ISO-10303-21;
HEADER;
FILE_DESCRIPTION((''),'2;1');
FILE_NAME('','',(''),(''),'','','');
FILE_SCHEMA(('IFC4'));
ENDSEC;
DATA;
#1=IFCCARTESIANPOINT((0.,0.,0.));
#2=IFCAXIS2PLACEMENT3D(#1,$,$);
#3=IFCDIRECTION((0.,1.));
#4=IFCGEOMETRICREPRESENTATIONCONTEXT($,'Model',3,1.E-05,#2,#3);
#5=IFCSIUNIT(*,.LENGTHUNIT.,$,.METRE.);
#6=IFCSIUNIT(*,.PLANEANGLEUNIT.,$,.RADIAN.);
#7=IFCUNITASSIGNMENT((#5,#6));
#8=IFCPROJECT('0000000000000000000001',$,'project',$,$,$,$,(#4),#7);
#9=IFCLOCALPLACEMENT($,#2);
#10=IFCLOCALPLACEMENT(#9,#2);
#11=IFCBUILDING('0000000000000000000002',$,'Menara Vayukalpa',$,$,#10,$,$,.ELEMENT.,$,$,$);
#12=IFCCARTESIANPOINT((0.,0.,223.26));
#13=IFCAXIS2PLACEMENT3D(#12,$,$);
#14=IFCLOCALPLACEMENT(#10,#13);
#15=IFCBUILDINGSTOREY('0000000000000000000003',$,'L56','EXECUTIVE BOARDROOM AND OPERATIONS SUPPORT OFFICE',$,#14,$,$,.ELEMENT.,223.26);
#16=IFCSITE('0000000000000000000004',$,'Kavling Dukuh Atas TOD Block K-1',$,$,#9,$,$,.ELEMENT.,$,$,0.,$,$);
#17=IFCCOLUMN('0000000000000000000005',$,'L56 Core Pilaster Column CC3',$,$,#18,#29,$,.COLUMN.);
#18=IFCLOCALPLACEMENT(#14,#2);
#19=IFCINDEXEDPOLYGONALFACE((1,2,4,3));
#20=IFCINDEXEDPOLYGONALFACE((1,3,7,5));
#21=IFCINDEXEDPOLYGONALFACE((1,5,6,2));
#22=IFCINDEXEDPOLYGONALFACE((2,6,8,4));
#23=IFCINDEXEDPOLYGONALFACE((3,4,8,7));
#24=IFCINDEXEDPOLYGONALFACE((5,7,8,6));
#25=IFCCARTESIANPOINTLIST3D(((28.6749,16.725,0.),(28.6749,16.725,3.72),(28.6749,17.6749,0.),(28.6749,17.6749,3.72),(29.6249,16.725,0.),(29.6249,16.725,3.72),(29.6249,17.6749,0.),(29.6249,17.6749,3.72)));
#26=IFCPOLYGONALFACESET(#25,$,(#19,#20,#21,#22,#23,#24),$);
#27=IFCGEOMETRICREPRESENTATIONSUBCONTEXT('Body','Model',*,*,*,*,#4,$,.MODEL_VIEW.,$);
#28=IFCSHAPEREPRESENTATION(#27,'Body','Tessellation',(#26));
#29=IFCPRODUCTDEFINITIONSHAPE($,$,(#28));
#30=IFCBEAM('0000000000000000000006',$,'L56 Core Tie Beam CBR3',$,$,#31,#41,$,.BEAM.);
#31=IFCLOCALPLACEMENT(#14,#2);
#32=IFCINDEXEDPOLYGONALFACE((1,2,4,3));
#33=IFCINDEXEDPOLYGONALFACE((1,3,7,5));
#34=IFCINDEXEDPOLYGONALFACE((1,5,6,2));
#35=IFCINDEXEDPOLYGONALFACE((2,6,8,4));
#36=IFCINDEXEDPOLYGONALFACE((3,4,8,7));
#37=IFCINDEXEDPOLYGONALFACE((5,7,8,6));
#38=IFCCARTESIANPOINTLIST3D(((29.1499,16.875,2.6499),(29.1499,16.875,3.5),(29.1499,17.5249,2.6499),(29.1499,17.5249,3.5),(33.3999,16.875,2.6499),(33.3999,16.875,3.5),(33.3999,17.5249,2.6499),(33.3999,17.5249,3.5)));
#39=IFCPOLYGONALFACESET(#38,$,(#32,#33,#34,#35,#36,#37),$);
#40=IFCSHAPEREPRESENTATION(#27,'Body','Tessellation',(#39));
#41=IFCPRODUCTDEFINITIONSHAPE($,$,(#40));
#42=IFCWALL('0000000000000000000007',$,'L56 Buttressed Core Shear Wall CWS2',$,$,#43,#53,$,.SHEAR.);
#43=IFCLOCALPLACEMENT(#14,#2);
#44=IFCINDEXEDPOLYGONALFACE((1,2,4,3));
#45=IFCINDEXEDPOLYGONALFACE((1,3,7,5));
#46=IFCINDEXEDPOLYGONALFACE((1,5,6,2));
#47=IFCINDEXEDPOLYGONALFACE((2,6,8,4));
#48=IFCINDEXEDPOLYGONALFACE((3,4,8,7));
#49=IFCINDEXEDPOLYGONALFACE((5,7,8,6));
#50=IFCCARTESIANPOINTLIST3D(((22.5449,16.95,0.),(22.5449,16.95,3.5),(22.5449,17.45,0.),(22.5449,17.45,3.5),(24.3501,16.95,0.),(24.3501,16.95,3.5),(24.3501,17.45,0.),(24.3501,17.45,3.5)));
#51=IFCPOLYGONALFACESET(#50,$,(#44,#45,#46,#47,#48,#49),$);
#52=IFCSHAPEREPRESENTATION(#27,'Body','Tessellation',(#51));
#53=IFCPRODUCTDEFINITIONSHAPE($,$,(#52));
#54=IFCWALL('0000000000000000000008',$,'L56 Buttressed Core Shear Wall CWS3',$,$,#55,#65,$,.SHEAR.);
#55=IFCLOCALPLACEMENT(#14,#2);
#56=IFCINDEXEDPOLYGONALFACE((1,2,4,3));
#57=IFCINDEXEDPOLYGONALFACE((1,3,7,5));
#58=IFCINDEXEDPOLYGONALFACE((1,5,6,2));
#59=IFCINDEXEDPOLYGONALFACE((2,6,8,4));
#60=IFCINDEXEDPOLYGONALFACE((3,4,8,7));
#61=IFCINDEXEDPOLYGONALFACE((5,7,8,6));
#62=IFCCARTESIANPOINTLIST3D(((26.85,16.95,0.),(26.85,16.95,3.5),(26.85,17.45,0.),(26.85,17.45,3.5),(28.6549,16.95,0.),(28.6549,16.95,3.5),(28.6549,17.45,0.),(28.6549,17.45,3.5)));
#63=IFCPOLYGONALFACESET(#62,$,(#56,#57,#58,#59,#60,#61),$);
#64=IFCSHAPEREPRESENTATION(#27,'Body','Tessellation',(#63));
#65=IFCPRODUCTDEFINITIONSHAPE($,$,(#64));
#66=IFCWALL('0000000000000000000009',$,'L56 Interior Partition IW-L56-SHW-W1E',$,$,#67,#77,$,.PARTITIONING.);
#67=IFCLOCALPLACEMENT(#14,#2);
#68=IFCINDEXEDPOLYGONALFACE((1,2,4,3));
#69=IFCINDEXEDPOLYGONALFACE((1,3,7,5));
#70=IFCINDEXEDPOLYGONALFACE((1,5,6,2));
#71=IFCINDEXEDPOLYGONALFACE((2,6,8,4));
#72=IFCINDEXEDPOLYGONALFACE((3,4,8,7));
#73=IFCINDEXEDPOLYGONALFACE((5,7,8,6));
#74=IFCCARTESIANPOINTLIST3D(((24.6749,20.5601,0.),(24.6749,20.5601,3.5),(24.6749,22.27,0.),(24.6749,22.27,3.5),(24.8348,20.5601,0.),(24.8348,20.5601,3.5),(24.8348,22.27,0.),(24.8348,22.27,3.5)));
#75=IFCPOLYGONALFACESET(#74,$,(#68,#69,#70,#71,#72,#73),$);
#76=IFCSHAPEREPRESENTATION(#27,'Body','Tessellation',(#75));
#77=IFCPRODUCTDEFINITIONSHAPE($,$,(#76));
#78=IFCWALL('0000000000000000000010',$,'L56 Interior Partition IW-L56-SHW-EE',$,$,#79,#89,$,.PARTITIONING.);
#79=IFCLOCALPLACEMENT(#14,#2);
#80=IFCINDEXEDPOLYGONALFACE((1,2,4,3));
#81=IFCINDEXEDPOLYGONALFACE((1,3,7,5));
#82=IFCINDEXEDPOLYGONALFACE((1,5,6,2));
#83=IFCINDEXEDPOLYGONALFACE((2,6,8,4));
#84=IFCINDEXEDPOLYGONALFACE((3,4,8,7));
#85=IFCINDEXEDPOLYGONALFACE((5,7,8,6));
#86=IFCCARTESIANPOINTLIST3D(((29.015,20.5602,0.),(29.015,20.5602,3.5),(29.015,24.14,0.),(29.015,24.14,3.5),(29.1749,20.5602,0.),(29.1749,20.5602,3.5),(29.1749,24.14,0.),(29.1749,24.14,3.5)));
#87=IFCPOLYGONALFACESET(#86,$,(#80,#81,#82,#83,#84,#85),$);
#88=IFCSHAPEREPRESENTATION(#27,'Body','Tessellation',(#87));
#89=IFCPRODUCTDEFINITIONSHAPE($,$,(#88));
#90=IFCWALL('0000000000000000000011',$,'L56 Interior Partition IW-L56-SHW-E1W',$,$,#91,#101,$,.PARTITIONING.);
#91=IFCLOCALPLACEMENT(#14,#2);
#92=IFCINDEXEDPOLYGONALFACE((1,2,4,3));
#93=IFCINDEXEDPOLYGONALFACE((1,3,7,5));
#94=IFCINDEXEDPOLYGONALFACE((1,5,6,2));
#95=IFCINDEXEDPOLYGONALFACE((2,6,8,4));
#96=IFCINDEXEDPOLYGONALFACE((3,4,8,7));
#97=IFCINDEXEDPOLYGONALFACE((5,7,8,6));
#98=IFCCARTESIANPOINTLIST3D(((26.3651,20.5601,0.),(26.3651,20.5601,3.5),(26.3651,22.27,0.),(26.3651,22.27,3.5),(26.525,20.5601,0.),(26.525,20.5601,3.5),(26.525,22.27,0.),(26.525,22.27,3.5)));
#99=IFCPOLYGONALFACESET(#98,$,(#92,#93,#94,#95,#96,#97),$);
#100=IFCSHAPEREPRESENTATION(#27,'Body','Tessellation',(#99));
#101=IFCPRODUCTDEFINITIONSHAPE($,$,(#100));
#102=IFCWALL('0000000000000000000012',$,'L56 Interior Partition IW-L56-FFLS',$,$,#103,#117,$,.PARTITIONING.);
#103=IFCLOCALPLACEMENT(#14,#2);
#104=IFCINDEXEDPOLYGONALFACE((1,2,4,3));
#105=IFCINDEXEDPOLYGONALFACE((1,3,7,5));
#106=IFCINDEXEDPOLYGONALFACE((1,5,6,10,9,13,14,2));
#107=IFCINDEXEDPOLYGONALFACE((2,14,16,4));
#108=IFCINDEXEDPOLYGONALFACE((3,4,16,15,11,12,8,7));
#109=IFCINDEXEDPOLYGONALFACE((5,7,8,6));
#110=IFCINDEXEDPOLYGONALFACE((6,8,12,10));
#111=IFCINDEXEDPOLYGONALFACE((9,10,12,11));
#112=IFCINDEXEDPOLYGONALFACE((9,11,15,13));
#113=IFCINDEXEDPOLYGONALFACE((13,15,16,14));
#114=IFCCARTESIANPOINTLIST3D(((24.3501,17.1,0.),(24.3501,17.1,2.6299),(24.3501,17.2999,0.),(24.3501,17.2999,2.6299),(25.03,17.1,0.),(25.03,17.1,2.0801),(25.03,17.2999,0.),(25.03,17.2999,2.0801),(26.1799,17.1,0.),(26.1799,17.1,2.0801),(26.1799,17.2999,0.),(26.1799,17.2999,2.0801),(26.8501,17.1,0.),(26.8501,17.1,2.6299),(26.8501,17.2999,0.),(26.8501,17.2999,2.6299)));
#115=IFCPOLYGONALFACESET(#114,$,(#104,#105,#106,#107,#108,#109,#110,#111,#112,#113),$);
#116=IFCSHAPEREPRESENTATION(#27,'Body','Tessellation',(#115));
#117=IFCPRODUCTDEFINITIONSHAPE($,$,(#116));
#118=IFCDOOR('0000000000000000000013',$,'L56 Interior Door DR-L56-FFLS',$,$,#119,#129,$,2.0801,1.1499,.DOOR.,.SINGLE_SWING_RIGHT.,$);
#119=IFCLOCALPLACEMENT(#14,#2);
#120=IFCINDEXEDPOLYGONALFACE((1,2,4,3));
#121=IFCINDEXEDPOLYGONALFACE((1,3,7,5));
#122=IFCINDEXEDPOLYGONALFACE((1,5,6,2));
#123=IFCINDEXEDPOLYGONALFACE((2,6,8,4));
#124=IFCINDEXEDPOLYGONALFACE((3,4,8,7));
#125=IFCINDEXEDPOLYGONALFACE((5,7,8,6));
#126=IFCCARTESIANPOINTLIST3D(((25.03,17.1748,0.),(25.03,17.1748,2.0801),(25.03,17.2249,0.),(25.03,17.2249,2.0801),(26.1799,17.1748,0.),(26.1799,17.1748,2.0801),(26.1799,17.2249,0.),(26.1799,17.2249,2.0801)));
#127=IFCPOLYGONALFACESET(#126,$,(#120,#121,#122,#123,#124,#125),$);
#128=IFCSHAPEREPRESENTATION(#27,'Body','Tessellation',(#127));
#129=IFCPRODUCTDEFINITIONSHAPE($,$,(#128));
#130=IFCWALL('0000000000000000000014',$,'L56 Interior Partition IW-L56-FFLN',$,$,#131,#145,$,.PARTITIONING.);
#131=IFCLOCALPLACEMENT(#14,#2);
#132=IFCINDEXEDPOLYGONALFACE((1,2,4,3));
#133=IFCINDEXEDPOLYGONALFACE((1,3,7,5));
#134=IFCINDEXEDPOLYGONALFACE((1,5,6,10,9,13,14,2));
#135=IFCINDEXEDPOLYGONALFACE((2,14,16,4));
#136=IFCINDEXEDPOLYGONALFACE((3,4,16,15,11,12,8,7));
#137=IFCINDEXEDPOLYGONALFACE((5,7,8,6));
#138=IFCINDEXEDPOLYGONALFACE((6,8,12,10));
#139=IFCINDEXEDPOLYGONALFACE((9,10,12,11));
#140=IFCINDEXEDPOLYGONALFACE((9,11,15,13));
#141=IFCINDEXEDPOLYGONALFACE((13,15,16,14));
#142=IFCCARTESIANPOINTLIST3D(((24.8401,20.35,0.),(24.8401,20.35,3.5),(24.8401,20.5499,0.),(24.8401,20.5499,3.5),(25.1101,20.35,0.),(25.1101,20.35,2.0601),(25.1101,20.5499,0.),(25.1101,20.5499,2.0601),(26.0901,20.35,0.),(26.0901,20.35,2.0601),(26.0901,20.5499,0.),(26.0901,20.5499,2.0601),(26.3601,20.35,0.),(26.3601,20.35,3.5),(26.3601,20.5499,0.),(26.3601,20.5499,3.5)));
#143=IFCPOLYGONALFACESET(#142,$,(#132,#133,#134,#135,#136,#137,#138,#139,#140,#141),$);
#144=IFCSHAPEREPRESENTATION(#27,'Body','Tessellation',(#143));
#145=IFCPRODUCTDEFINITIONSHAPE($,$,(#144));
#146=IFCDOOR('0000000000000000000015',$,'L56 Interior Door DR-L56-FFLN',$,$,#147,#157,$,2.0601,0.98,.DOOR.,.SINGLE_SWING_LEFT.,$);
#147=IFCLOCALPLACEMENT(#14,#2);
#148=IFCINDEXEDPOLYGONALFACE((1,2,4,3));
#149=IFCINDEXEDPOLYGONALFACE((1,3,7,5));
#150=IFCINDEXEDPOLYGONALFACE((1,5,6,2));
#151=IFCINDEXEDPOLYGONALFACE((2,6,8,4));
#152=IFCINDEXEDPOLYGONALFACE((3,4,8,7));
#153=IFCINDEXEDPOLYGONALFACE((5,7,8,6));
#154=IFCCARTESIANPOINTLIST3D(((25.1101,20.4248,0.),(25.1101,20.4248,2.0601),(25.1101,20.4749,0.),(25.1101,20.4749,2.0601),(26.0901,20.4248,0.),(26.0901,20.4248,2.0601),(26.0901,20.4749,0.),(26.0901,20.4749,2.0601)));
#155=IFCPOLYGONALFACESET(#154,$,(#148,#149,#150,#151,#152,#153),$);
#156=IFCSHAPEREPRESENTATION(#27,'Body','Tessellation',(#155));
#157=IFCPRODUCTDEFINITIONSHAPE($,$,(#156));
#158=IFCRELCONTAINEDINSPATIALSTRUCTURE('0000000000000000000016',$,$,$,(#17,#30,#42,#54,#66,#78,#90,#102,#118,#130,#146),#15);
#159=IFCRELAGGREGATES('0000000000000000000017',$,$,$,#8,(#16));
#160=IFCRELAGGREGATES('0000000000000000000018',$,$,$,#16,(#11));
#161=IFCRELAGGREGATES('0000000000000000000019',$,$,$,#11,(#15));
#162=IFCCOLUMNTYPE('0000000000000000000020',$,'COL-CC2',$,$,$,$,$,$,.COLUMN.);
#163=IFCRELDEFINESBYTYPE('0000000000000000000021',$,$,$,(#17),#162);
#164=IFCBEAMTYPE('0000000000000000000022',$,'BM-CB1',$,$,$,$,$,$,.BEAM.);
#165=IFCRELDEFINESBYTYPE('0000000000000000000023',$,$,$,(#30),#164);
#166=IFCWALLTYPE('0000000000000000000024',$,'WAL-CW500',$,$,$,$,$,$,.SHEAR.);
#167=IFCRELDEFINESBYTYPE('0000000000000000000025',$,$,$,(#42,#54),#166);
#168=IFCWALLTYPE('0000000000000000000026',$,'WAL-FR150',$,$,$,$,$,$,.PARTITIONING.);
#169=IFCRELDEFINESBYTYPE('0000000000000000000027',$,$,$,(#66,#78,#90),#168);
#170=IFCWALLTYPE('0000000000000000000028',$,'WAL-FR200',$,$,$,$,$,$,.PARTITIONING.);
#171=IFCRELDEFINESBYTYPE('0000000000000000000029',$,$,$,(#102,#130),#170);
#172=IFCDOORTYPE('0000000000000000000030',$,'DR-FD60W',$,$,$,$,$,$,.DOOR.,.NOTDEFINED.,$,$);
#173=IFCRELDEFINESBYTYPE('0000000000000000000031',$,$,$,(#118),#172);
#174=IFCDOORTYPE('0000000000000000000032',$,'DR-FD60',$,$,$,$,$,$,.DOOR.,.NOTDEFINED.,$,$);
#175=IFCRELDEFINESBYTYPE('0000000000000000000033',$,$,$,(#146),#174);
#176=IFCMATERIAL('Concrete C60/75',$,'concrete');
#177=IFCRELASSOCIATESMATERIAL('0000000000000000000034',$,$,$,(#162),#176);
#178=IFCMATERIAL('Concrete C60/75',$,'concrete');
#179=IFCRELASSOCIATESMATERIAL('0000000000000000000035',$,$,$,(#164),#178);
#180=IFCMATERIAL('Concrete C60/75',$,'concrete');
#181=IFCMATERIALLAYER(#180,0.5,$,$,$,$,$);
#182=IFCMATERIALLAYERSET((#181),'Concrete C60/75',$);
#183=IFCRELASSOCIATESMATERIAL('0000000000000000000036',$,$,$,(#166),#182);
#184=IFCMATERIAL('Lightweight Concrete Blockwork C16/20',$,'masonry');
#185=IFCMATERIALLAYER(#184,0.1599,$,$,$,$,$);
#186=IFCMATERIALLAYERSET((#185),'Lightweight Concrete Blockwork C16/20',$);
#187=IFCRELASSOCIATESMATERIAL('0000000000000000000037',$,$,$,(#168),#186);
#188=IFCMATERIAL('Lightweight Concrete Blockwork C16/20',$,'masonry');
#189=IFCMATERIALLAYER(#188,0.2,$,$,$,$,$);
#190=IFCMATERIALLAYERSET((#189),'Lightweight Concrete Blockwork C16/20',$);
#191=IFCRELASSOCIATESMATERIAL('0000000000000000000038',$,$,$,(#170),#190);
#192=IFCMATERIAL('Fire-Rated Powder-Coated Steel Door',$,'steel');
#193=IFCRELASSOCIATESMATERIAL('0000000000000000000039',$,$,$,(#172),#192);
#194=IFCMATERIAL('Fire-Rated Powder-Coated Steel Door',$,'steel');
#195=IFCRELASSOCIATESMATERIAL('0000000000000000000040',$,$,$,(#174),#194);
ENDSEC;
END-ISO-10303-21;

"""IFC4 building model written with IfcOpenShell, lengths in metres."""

from ifc_helpers import new_model, si_unit, direction, frame, frame_2d, origin, origin_2d, place, context, subcontext, project, spatial, rectangle, extrude, material, layer, layer_set, material_profile, profile_set, type_object, element, fill, save


model = new_model("IFC4")

# Units and contexts
model_context = context("Model", 3, precision=1e-05, world=origin(), true_north=direction((0.0, 1.0)))
body_context = subcontext(model_context, "Body", "Model", "MODEL_VIEW")
ifc_project = project(units=[si_unit("LENGTHUNIT", "METRE"), si_unit("PLANEANGLEUNIT", "RADIAN")], contexts=[model_context])

# Site, building, storey
site_placement = place(None, origin())
site = spatial("IfcSite", under=ifc_project, at=site_placement, Name="Kavling Dukuh Atas TOD Block K-1", CompositionType="ELEMENT", RefElevation=0.0)
building_placement = place(site_placement, origin())
building = spatial("IfcBuilding", under=site, at=building_placement, Name="Menara Vayukalpa", CompositionType="ELEMENT")
storey_placement = place(building_placement, frame((0.0, 0.0, 223.26)))
storey = spatial("IfcBuildingStorey", under=building, at=storey_placement, Name="L56", Description="EXECUTIVE BOARDROOM AND OPERATIONS SUPPORT OFFICE", CompositionType="ELEMENT", Elevation=223.26)

# Column
ifc_material_1 = material(Name="Concrete C60/75", Category="concrete")
ifc_material_profile_1 = material_profile(ifc_material_1, rectangle(XDim=0.95, YDim=0.95, at=origin_2d()), Name="RC 950x950")
ifc_profile_set_1 = profile_set([ifc_material_profile_1], Name="Concrete C60/75")
column_type = type_object("IfcColumnType", Name="COL-CC2", PredefinedType="COLUMN", material=ifc_profile_set_1)
column_placement = place(storey_placement, frame((29.1499, 17.2, 0.0), z_axis=(0.0, 0.0, 1.0), x_axis=(1.0, 0.0, 0.0)))
element("IfcColumn", 1, at=column_placement, inside=storey, type_object=column_type, Name="L56 Core Pilaster Column CC3", PredefinedType="COLUMN", context=body_context, shape_type="SweptSolid", body=[
    extrude(rectangle(XDim=0.95, YDim=0.95, at=origin_2d()), origin(), (0.0, 0.0, 1.0), 3.72),
])

# Beam
ifc_material_2 = material(Name="Concrete C60/75", Category="concrete")
ifc_material_profile_2 = material_profile(ifc_material_2, rectangle(XDim=0.6499, YDim=0.8501, at=origin_2d()), Name="RC 650x850")
ifc_profile_set_2 = profile_set([ifc_material_profile_2], Name="Concrete C60/75")
beam_type = type_object("IfcBeamType", Name="BM-CB1", PredefinedType="BEAM", material=ifc_profile_set_2)
beam_placement = place(storey_placement, frame((29.1499, 17.2, 3.075), z_axis=(1.0, 0.0, 0.0), x_axis=(0.0, 1.0, 0.0)))
element("IfcBeam", 2, at=beam_placement, inside=storey, type_object=beam_type, Name="L56 Core Tie Beam CBR3", PredefinedType="BEAM", context=body_context, shape_type="SweptSolid", body=[
    extrude(rectangle(XDim=0.6499, YDim=0.8501, at=origin_2d()), origin(), (0.0, 0.0, 1.0), 4.25),
])

# Walls
ifc_material_3 = material(Name="Concrete C60/75", Category="concrete")
ifc_layer_1 = layer(ifc_material_3, 0.5)
ifc_layer_set_1 = layer_set([ifc_layer_1], Name="Concrete C60/75")
wall_type_1 = type_object("IfcWallType", Name="WAL-CW500", PredefinedType="SHEAR", material=ifc_layer_set_1)
wall_1_placement = place(storey_placement, frame((22.5449, 17.2, 0.0), z_axis=(0.0, 0.0, 1.0), x_axis=(1.0, 0.0, 0.0)))
element("IfcWall", 3, at=wall_1_placement, inside=storey, type_object=wall_type_1, Name="L56 Buttressed Core Shear Wall CWS2", PredefinedType="SHEAR", context=body_context, shape_type="SweptSolid", body=[
    extrude(rectangle(XDim=1.8052, YDim=0.5, at=frame_2d((0.9026, 0.0))), origin(), (0.0, 0.0, 1.0), 3.5),
])
wall_2_placement = place(storey_placement, frame((26.8501, 17.2, 0.0), z_axis=(0.0, 0.0, 1.0), x_axis=(1.0, 0.0, 0.0)))
element("IfcWall", 4, at=wall_2_placement, inside=storey, type_object=wall_type_1, Name="L56 Buttressed Core Shear Wall CWS3", PredefinedType="SHEAR", context=body_context, shape_type="SweptSolid", body=[
    extrude(rectangle(XDim=1.8049, YDim=0.5, at=frame_2d((0.9023, 0.0))), origin(), (0.0, 0.0, 1.0), 3.5),
])
ifc_material_4 = material(Name="Lightweight Concrete Blockwork C16/20", Category="masonry")
ifc_layer_2 = layer(ifc_material_4, 0.1599)
ifc_layer_set_2 = layer_set([ifc_layer_2], Name="Lightweight Concrete Blockwork C16/20")
wall_type_2 = type_object("IfcWallType", Name="WAL-FR150", PredefinedType="PARTITIONING", material=ifc_layer_set_2)
wall_3_placement = place(storey_placement, frame((24.7549, 20.5601, 0.0), z_axis=(0.0, 0.0, 1.0), x_axis=(0.0, 1.0, 0.0)))
element("IfcWall", 5, at=wall_3_placement, inside=storey, type_object=wall_type_2, Name="L56 Interior Partition IW-L56-SHW-W1E", PredefinedType="PARTITIONING", context=body_context, shape_type="SweptSolid", body=[
    extrude(rectangle(XDim=1.71, YDim=0.1599, at=frame_2d((0.855, 0.0))), origin(), (0.0, 0.0, 1.0), 3.5),
])
wall_4_placement = place(storey_placement, frame((29.095, 20.5601, 0.0), z_axis=(0.0, 0.0, 1.0), x_axis=(0.0, 1.0, 0.0)))
element("IfcWall", 6, at=wall_4_placement, inside=storey, type_object=wall_type_2, Name="L56 Interior Partition IW-L56-SHW-EE", PredefinedType="PARTITIONING", context=body_context, shape_type="SweptSolid", body=[
    extrude(rectangle(XDim=3.5798, YDim=0.1599, at=frame_2d((1.79, 0.0))), origin(), (0.0, 0.0, 1.0), 3.5),
])
wall_5_placement = place(storey_placement, frame((26.4451, 20.5601, 0.0), z_axis=(0.0, 0.0, 1.0), x_axis=(0.0, 1.0, 0.0)))
element("IfcWall", 7, at=wall_5_placement, inside=storey, type_object=wall_type_2, Name="L56 Interior Partition IW-L56-SHW-E1W", PredefinedType="PARTITIONING", context=body_context, shape_type="SweptSolid", body=[
    extrude(rectangle(XDim=1.71, YDim=0.1599, at=frame_2d((0.855, 0.0))), origin(), (0.0, 0.0, 1.0), 3.5),
])

# Walls, openings, doors
ifc_material_5 = material(Name="Lightweight Concrete Blockwork C16/20", Category="masonry")
ifc_layer_3 = layer(ifc_material_5, 0.2)
ifc_layer_set_3 = layer_set([ifc_layer_3], Name="Lightweight Concrete Blockwork C16/20")
wall_type_3 = type_object("IfcWallType", Name="WAL-FR200", PredefinedType="PARTITIONING", material=ifc_layer_set_3)
wall_6_placement = place(storey_placement, frame((24.3501, 17.2, 0.0), z_axis=(0.0, 0.0, 1.0), x_axis=(1.0, 0.0, 0.0)))
wall_6 = element("IfcWall", 8, at=wall_6_placement, inside=storey, type_object=wall_type_3, Name="L56 Interior Partition IW-L56-FFLS", PredefinedType="PARTITIONING", context=body_context, shape_type="SweptSolid", body=[
    extrude(rectangle(XDim=2.5, YDim=0.2, at=frame_2d((1.25, 0.0))), origin(), (0.0, 0.0, 1.0), 2.6299),
])
opening_1_placement = place(wall_6_placement, frame((0.6799, 0.0, 0.0)))
opening_1 = element("IfcOpeningElement", 9, at=opening_1_placement, cuts=wall_6, PredefinedType="OPENING", context=body_context, shape_type="SweptSolid", body=[
    extrude(rectangle(XDim=1.1499, YDim=2.0801, at=frame_2d((0.575, 1.04))), frame((0.0, 0.1099, 0.0), z_axis=(0.0, -1.0, 0.0), x_axis=(1.0, 0.0, 0.0)), (0.0, 0.0, 1.0), 0.22),
])
ifc_material_6 = material(Name="Fire-Rated Powder-Coated Steel Door", Category="steel")
door_type_1 = type_object("IfcDoorType", Name="DR-FD60W", OperationType="NOTDEFINED", PredefinedType="DOOR", material=ifc_material_6)
door_1_placement = place(opening_1_placement, origin())
door_1 = element("IfcDoor", 10, at=door_1_placement, inside=storey, type_object=door_type_1, Name="L56 Interior Door DR-L56-FFLS", OperationType="SINGLE_SWING_RIGHT", OverallHeight=2.0801, OverallWidth=1.1499, PredefinedType="DOOR", context=body_context, shape_type="SweptSolid", body=[
    extrude(rectangle(XDim=1.1499, YDim=2.0801, at=frame_2d((0.575, 1.04))), frame((0.0, 0.0249, 0.0), z_axis=(0.0, -1.0, 0.0), x_axis=(1.0, 0.0, 0.0)), (0.0, 0.0, 1.0), 0.05),
])
fill(opening_1, door_1)
wall_7_placement = place(storey_placement, frame((24.8401, 20.45, 0.0), z_axis=(0.0, 0.0, 1.0), x_axis=(1.0, 0.0, 0.0)))
wall_7 = element("IfcWall", 11, at=wall_7_placement, inside=storey, type_object=wall_type_3, Name="L56 Interior Partition IW-L56-FFLN", PredefinedType="PARTITIONING", context=body_context, shape_type="SweptSolid", body=[
    extrude(rectangle(XDim=1.52, YDim=0.2, at=frame_2d((0.76, 0.0))), origin(), (0.0, 0.0, 1.0), 3.5),
])
opening_2_placement = place(wall_7_placement, frame((0.27, 0.0, 0.0)))
opening_2 = element("IfcOpeningElement", 12, at=opening_2_placement, cuts=wall_7, PredefinedType="OPENING", context=body_context, shape_type="SweptSolid", body=[
    extrude(rectangle(XDim=0.98, YDim=2.0601, at=frame_2d((0.49, 1.03))), frame((0.0, 0.1099, 0.0), z_axis=(0.0, -1.0, 0.0), x_axis=(1.0, 0.0, 0.0)), (0.0, 0.0, 1.0), 0.22),
])
ifc_material_7 = material(Name="Fire-Rated Powder-Coated Steel Door", Category="steel")
door_type_2 = type_object("IfcDoorType", Name="DR-FD60", OperationType="NOTDEFINED", PredefinedType="DOOR", material=ifc_material_7)
door_2_placement = place(opening_2_placement, origin())
door_2 = element("IfcDoor", 13, at=door_2_placement, inside=storey, type_object=door_type_2, Name="L56 Interior Door DR-L56-FFLN", OperationType="SINGLE_SWING_LEFT", OverallHeight=2.0601, OverallWidth=0.98, PredefinedType="DOOR", context=body_context, shape_type="SweptSolid", body=[
    extrude(rectangle(XDim=0.98, YDim=2.0601, at=frame_2d((0.49, 1.03))), frame((0.0, 0.0249, 0.0), z_axis=(0.0, -1.0, 0.0), x_axis=(1.0, 0.0, 0.0)), (0.0, 0.0, 1.0), 0.05),
])
fill(opening_2, door_2)

save(model, "model.ifc")
